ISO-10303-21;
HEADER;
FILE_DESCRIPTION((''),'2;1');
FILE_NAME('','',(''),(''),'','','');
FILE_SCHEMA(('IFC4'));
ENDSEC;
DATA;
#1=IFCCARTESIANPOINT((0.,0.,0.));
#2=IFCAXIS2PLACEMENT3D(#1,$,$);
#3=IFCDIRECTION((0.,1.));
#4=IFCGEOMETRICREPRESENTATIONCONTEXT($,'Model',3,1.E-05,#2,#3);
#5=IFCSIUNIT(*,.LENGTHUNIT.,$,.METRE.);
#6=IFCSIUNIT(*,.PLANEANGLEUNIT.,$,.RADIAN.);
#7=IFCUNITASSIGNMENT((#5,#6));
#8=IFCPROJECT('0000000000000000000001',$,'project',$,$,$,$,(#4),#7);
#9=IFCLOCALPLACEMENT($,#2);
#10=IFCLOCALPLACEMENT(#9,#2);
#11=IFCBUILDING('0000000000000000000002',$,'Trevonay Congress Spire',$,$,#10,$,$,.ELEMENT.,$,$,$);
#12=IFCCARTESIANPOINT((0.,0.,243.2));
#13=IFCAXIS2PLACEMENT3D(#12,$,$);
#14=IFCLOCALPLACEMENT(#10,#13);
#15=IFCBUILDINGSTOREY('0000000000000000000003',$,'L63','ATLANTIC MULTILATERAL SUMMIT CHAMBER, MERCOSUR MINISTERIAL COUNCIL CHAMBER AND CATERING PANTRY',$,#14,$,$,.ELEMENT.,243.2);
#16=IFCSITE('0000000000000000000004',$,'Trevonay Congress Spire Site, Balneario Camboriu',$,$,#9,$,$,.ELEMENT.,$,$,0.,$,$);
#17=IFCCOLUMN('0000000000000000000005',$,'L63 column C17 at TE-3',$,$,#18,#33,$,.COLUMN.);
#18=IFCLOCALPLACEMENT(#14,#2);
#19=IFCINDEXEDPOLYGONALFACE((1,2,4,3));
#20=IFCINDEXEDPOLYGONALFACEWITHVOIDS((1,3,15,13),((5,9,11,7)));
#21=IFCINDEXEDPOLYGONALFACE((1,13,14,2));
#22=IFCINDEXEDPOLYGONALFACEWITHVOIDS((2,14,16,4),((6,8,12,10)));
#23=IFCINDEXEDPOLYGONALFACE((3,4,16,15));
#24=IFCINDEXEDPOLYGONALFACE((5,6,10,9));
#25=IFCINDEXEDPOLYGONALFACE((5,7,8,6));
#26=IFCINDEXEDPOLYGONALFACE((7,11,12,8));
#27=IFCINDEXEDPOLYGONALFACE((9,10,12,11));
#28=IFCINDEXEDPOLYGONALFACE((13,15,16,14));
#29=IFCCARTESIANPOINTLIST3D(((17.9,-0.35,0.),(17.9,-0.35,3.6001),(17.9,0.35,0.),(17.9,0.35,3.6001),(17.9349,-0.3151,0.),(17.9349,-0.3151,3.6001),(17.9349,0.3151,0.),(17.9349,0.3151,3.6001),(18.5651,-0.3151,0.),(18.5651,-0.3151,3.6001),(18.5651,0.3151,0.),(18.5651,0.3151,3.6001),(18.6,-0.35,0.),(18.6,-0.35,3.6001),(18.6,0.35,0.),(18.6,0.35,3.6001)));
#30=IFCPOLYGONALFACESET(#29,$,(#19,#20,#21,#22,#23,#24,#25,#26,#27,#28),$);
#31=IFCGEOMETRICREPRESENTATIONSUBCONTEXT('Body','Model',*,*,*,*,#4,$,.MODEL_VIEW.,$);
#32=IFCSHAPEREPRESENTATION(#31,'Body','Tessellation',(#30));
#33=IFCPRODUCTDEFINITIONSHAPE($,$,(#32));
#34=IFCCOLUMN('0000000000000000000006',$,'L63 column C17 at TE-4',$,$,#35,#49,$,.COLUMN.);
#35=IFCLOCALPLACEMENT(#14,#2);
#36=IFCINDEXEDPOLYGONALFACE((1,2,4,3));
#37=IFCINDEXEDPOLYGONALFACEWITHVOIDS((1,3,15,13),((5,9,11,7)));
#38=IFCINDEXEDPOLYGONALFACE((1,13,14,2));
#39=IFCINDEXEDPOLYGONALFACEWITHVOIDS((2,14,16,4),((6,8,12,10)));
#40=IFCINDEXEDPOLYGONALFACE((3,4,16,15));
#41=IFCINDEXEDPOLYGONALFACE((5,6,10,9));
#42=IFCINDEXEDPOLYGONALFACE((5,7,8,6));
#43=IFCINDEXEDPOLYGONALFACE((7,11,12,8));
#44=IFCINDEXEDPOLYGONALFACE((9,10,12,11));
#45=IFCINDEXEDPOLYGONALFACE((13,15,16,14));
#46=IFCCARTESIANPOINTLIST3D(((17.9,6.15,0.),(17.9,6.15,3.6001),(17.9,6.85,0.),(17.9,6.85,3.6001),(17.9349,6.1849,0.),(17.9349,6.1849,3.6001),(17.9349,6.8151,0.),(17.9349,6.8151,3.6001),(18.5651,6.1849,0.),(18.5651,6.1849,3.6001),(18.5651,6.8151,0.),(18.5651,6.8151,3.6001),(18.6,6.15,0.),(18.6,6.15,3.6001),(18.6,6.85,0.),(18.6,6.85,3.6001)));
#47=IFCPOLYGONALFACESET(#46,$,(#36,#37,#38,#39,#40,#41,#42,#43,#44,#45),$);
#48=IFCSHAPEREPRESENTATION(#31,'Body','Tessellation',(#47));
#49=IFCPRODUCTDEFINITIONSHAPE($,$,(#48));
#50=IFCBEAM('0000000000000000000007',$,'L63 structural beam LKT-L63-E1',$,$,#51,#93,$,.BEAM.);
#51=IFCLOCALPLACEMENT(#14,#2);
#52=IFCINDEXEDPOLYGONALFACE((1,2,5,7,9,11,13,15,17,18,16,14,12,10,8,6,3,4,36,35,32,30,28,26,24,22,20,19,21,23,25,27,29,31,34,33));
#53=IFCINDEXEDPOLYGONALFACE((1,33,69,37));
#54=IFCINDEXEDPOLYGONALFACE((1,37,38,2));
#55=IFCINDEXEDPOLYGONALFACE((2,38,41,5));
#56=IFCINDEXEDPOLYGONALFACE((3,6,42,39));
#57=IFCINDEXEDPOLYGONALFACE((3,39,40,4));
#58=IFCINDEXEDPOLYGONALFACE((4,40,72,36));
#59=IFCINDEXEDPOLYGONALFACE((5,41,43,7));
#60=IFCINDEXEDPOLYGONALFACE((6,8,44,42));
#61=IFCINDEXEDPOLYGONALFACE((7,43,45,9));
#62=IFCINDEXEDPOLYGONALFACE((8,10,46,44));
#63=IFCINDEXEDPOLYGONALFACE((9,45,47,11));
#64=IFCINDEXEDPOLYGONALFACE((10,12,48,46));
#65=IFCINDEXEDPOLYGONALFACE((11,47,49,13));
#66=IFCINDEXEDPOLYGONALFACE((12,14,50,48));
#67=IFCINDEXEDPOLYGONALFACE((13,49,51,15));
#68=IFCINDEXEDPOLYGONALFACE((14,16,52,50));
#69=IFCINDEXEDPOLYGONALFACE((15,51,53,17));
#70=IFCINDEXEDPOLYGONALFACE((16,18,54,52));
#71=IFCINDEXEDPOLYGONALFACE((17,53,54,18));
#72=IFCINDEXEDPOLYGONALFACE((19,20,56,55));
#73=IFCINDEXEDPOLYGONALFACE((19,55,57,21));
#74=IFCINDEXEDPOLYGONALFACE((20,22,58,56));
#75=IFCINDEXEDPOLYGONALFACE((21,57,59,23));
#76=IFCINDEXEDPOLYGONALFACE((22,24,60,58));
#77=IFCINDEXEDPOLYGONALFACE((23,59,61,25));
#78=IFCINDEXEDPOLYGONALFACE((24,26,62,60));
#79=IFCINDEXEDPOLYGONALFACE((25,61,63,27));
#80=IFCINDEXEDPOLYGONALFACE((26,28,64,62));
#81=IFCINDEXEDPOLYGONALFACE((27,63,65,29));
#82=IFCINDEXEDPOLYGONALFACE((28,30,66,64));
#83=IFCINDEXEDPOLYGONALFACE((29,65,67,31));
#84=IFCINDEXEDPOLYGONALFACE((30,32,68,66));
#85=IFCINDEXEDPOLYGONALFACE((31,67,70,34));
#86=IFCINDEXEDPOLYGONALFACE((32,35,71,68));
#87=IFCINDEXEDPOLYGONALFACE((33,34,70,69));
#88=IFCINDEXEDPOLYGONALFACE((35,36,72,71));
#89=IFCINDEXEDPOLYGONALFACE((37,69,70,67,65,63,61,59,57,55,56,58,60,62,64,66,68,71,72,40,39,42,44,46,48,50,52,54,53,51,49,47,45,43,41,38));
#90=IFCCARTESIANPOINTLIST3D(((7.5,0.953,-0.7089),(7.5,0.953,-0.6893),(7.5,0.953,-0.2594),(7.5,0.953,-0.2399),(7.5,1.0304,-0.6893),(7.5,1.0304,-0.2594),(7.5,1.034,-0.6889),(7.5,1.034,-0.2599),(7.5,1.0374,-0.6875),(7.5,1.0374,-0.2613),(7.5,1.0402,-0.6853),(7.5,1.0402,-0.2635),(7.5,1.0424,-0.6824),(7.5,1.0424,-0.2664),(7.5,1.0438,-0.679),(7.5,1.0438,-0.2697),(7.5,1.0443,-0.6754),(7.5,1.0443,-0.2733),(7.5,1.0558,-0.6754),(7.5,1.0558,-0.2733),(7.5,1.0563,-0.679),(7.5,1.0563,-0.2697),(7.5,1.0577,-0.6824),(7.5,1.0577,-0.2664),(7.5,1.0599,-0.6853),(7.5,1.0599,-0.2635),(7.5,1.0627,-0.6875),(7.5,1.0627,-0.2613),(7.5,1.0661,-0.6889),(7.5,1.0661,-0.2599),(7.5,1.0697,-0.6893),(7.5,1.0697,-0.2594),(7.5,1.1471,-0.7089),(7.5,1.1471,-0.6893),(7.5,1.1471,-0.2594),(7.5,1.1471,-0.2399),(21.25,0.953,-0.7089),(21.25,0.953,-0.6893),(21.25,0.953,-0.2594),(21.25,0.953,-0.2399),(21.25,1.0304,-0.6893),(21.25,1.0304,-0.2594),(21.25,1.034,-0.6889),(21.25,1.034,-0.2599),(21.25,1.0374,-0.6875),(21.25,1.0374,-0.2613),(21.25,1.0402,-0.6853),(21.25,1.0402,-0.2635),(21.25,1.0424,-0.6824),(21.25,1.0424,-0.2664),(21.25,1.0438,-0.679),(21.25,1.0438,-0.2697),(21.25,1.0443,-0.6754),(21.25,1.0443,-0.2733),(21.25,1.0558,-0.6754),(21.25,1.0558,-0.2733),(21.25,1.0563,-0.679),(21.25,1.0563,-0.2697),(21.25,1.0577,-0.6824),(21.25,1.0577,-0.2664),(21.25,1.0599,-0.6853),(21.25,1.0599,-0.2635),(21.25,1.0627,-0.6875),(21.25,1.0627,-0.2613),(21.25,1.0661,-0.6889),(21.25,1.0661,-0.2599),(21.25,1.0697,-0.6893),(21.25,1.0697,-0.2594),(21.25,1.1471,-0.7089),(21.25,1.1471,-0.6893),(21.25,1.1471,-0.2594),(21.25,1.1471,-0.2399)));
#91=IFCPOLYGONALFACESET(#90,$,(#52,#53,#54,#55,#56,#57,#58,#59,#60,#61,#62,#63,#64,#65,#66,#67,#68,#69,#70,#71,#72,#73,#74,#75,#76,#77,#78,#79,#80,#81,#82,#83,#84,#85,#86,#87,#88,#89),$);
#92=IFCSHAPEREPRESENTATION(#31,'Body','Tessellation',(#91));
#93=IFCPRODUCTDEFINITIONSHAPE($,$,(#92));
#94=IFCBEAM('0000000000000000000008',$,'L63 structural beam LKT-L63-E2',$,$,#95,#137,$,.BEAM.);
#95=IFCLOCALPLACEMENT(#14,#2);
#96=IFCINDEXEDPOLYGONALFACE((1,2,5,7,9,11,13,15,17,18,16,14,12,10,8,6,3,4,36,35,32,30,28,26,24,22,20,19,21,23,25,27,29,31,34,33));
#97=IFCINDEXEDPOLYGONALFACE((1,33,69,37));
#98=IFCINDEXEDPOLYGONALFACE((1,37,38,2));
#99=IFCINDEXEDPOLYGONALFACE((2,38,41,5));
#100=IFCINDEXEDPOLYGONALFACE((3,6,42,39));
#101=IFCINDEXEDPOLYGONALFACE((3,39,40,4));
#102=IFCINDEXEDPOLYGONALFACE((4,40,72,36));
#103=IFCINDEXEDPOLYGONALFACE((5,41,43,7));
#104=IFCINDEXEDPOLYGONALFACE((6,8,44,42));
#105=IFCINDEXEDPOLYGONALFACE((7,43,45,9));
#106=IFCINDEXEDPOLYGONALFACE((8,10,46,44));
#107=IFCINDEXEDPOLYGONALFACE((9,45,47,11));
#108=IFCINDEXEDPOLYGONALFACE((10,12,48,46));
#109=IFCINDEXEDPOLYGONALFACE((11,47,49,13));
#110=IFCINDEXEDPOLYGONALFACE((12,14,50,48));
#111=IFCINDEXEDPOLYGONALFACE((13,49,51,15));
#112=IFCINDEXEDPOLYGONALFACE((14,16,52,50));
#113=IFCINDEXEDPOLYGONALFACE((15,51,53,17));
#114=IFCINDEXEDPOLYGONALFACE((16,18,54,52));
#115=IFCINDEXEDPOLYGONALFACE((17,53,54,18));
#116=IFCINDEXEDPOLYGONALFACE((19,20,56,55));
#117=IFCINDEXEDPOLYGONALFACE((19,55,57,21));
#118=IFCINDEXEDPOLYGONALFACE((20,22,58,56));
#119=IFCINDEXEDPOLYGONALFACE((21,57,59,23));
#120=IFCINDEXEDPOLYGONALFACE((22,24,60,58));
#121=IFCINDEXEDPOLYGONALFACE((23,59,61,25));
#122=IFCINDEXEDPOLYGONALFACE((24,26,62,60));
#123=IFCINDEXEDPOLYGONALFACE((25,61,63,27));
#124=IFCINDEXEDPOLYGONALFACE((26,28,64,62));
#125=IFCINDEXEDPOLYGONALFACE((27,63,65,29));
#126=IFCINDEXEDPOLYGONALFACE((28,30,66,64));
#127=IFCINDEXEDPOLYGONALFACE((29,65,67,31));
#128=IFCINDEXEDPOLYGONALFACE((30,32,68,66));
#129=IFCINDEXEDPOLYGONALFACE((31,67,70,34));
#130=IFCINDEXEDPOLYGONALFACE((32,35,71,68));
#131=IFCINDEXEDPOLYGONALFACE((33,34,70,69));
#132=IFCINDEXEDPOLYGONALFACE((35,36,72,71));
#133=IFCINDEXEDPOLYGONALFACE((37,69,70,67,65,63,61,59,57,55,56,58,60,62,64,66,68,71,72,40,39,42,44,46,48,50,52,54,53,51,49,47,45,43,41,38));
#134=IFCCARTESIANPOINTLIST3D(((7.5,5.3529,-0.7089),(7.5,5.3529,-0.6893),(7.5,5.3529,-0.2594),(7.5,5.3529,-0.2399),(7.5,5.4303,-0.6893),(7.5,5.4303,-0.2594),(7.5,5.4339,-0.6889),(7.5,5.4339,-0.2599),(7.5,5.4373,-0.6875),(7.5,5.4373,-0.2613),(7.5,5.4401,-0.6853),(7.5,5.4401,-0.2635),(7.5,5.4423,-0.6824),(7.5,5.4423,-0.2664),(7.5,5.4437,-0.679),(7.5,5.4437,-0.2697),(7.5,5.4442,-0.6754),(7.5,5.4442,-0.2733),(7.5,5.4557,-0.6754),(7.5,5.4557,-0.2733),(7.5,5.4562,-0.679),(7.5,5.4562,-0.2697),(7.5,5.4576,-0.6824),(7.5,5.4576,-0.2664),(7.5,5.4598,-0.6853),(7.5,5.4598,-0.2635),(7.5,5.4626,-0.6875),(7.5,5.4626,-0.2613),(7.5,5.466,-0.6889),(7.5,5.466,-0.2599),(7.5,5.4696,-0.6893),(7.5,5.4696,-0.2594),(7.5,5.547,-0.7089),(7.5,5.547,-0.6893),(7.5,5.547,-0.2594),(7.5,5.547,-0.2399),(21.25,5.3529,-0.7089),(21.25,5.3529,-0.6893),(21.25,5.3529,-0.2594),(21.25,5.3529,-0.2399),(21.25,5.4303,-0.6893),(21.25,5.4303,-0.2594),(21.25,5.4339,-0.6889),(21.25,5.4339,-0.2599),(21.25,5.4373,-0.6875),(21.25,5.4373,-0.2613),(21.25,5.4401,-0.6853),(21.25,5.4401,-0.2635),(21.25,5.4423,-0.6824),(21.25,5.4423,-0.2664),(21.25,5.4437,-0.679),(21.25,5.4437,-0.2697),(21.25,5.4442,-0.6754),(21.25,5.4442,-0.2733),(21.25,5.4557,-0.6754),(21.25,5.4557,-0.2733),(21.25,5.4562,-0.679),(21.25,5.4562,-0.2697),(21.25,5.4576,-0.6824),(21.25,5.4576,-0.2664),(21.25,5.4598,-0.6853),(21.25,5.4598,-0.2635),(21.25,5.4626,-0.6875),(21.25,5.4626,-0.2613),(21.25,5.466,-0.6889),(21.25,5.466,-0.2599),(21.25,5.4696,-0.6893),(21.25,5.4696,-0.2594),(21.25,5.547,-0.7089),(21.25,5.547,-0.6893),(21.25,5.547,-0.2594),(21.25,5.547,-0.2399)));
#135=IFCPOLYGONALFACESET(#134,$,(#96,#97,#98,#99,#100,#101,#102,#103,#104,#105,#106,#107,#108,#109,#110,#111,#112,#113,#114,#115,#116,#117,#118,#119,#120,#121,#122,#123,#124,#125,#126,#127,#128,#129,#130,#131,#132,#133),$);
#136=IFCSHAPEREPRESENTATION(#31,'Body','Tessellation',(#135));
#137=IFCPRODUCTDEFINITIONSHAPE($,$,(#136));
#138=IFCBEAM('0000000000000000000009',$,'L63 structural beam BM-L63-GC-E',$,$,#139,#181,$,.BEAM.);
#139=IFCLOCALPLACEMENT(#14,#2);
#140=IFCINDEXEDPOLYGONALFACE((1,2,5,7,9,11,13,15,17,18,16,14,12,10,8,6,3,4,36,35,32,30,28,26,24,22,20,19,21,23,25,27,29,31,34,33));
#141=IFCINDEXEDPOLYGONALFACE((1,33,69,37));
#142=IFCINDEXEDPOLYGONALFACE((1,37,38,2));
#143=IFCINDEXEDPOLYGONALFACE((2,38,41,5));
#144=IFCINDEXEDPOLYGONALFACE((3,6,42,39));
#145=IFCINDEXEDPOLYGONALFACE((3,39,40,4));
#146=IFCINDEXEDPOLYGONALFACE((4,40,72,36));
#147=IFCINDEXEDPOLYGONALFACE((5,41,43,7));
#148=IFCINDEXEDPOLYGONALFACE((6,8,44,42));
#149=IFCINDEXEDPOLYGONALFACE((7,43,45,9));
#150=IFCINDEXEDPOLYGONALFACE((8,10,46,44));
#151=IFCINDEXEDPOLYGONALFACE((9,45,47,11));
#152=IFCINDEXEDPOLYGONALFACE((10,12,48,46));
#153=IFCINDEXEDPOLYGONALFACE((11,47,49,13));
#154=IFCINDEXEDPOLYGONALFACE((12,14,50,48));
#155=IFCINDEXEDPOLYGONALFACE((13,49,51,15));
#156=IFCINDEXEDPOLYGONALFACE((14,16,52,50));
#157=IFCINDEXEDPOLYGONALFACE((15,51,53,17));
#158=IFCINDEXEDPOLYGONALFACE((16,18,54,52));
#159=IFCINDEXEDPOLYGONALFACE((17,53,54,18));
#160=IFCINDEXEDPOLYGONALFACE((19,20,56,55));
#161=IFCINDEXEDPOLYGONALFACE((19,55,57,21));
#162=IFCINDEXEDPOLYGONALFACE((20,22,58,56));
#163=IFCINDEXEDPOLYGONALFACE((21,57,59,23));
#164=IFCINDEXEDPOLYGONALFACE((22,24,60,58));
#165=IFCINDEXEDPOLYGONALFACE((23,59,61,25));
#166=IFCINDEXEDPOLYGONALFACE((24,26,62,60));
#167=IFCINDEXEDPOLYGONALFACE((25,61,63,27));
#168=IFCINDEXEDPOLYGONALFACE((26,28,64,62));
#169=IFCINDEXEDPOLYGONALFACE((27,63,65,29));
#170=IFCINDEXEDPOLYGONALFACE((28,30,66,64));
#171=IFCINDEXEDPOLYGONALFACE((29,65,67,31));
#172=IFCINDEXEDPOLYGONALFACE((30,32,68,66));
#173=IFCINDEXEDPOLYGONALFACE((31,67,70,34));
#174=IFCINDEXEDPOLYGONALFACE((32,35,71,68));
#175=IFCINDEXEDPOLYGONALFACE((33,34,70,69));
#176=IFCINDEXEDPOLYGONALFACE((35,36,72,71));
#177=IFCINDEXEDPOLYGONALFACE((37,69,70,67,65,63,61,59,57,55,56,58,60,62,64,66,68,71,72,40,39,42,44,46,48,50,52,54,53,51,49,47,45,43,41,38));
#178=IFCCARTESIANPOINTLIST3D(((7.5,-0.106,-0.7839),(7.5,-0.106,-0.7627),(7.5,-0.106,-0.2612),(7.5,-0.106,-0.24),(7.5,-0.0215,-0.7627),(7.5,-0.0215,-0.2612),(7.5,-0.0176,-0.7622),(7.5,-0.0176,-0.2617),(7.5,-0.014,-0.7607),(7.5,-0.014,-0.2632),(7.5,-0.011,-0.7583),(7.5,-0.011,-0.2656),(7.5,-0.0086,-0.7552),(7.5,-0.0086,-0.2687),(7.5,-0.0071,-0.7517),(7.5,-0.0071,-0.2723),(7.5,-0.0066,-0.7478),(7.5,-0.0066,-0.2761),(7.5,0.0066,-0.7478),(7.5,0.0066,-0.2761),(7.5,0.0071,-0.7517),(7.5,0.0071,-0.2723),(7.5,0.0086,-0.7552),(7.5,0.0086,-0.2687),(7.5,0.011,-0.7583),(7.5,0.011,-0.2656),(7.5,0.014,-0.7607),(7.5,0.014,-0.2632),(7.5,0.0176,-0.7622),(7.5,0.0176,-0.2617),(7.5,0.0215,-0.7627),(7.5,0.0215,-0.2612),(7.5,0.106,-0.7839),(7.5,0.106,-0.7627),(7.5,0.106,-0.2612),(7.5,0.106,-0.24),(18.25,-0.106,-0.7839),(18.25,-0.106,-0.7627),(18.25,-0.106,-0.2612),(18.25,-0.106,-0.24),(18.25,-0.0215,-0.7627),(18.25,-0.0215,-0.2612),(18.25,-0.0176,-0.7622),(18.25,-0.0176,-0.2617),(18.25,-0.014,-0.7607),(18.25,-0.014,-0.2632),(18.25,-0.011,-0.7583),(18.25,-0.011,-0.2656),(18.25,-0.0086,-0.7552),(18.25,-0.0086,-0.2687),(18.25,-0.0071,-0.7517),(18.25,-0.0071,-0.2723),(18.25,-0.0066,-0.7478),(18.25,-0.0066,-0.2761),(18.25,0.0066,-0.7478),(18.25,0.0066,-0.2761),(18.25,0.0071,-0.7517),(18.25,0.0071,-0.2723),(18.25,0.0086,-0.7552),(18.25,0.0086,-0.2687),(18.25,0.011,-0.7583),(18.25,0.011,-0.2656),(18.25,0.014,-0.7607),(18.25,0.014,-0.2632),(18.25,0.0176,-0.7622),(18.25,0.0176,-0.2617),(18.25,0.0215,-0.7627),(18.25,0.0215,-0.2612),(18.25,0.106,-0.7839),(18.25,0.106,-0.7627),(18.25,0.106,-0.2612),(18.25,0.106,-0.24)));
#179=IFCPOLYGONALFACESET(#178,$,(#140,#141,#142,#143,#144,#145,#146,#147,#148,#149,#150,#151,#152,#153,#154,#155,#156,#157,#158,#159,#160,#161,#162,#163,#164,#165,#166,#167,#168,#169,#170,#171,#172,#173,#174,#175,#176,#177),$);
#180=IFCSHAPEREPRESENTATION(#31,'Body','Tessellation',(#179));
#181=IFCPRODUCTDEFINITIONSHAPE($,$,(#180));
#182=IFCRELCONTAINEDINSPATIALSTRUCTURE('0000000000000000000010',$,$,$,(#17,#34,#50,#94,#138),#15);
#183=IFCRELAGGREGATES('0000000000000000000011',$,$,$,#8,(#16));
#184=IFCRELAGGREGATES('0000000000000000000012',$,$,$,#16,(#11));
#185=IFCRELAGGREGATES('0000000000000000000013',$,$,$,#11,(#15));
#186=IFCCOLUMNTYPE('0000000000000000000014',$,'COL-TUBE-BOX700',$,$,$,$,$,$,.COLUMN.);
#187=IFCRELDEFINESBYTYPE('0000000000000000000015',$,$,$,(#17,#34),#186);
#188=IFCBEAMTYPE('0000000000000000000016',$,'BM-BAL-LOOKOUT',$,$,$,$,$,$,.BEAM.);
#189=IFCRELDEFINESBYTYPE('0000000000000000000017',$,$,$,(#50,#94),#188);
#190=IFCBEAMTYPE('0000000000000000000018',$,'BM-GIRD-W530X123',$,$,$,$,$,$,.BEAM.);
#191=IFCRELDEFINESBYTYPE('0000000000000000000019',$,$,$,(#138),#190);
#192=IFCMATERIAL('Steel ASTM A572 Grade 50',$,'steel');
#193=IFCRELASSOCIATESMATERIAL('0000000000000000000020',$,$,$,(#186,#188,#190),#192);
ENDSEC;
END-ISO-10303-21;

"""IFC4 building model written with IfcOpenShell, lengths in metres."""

from ifc_helpers import new_model, si_unit, direction, frame, origin, origin_2d, place, context, subcontext, project, spatial, hollow_rectangle, i_section, extrude, material, material_profile, profile_set, type_object, element, save


model = new_model("IFC4")

# Units and contexts
model_context = context("Model", 3, precision=1e-05, world=origin(), true_north=direction((0.0, 1.0)))
body_context = subcontext(model_context, "Body", "Model", "MODEL_VIEW")
ifc_project = project(units=[si_unit("LENGTHUNIT", "METRE"), si_unit("PLANEANGLEUNIT", "RADIAN")], contexts=[model_context])

# Site, building, storey
site_placement = place(None, origin())
site = spatial("IfcSite", under=ifc_project, at=site_placement, Name="Trevonay Congress Spire Site, Balneario Camboriu", CompositionType="ELEMENT", RefElevation=0.0)
building_placement = place(site_placement, origin())
building = spatial("IfcBuilding", under=site, at=building_placement, Name="Trevonay Congress Spire", CompositionType="ELEMENT")
storey_placement = place(building_placement, frame((0.0, 0.0, 243.2)))
storey = spatial("IfcBuildingStorey", under=building, at=storey_placement, Name="L63", Description="ATLANTIC MULTILATERAL SUMMIT CHAMBER, MERCOSUR MINISTERIAL COUNCIL CHAMBER AND CATERING PANTRY", CompositionType="ELEMENT", Elevation=243.2)

# Columns
ifc_material_1 = material(Name="Steel ASTM A572 Grade 50", Category="steel")
ifc_material_profile_1 = material_profile(ifc_material_1, hollow_rectangle(XDim=0.7, YDim=0.7, WallThickness=0.0349, at=origin_2d()), Name="BOX 700x700x35")
ifc_profile_set_1 = profile_set([ifc_material_profile_1], Name="Steel ASTM A572 Grade 50")
column_type = type_object("IfcColumnType", Name="COL-TUBE-BOX700", PredefinedType="COLUMN", material=ifc_profile_set_1)
for number, where, z_axis, x_axis, name in (
    (1, (18.25, 0.0, 0.0), (0.0, 0.0, 1.0), (1.0, 0.0, 0.0), "L63 column C17 at TE-3"),
    (2, (18.25, 6.5, 0.0), (0.0, 0.0, 1.0), (1.0, 0.0, 0.0), "L63 column C17 at TE-4"),
):
    element("IfcColumn", number, at=place(storey_placement, frame(where, z_axis=z_axis, x_axis=x_axis)), inside=storey, type_object=column_type, Name=name, PredefinedType="COLUMN", context=body_context, shape_type="SweptSolid", body=[
        extrude(hollow_rectangle(XDim=0.7, YDim=0.7, WallThickness=0.0349, at=origin_2d()), origin(), (0.0, 0.0, 1.0), 3.6001),
    ])

# Beams
ifc_material_profile_2 = material_profile(ifc_material_1, i_section(OverallWidth=0.1941, OverallDepth=0.469, WebThickness=0.0115, FlangeThickness=0.0195, FilletRadius=0.0139, at=origin_2d()), Name="W460x106")
ifc_profile_set_2 = profile_set([ifc_material_profile_2], Name="Steel ASTM A572 Grade 50")
beam_type_1 = type_object("IfcBeamType", Name="BM-BAL-LOOKOUT", PredefinedType="BEAM", material=ifc_profile_set_2)
for number, where, z_axis, x_axis, name in (
    (3, (7.5, 1.05, -0.4744), (1.0, 0.0, 0.0), (0.0, 1.0, 0.0), "L63 structural beam LKT-L63-E1"),
    (4, (7.5, 5.45, -0.4744), (1.0, 0.0, 0.0), (0.0, 1.0, 0.0), "L63 structural beam LKT-L63-E2"),
):
    element("IfcBeam", number, at=place(storey_placement, frame(where, z_axis=z_axis, x_axis=x_axis)), inside=storey, type_object=beam_type_1, Name=name, PredefinedType="BEAM", context=body_context, shape_type="SweptSolid", body=[
        extrude(i_section(OverallWidth=0.1941, OverallDepth=0.469, WebThickness=0.0115, FlangeThickness=0.0195, FilletRadius=0.0139, at=origin_2d()), origin(), (0.0, 0.0, 1.0), 13.75),
    ])
ifc_material_profile_3 = material_profile(ifc_material_1, i_section(OverallWidth=0.2119, OverallDepth=0.5439, WebThickness=0.0132, FlangeThickness=0.0212, FilletRadius=0.0149, at=origin_2d()), Name="W530x123")
ifc_profile_set_3 = profile_set([ifc_material_profile_3], Name="Steel ASTM A572 Grade 50")
beam_type_2 = type_object("IfcBeamType", Name="BM-GIRD-W530X123", PredefinedType="BEAM", material=ifc_profile_set_3)
beam_1_placement = place(storey_placement, frame((7.5, 0.0, -0.512), z_axis=(1.0, 0.0, 0.0), x_axis=(0.0, 1.0, 0.0)))
element("IfcBeam", 5, at=beam_1_placement, inside=storey, type_object=beam_type_2, Name="L63 structural beam BM-L63-GC-E", PredefinedType="BEAM", context=body_context, shape_type="SweptSolid", body=[
    extrude(i_section(OverallWidth=0.2119, OverallDepth=0.5439, WebThickness=0.0132, FlangeThickness=0.0212, FilletRadius=0.0149, at=origin_2d()), origin(), (0.0, 0.0, 1.0), 10.75),
])

save(model, "model.ifc")
